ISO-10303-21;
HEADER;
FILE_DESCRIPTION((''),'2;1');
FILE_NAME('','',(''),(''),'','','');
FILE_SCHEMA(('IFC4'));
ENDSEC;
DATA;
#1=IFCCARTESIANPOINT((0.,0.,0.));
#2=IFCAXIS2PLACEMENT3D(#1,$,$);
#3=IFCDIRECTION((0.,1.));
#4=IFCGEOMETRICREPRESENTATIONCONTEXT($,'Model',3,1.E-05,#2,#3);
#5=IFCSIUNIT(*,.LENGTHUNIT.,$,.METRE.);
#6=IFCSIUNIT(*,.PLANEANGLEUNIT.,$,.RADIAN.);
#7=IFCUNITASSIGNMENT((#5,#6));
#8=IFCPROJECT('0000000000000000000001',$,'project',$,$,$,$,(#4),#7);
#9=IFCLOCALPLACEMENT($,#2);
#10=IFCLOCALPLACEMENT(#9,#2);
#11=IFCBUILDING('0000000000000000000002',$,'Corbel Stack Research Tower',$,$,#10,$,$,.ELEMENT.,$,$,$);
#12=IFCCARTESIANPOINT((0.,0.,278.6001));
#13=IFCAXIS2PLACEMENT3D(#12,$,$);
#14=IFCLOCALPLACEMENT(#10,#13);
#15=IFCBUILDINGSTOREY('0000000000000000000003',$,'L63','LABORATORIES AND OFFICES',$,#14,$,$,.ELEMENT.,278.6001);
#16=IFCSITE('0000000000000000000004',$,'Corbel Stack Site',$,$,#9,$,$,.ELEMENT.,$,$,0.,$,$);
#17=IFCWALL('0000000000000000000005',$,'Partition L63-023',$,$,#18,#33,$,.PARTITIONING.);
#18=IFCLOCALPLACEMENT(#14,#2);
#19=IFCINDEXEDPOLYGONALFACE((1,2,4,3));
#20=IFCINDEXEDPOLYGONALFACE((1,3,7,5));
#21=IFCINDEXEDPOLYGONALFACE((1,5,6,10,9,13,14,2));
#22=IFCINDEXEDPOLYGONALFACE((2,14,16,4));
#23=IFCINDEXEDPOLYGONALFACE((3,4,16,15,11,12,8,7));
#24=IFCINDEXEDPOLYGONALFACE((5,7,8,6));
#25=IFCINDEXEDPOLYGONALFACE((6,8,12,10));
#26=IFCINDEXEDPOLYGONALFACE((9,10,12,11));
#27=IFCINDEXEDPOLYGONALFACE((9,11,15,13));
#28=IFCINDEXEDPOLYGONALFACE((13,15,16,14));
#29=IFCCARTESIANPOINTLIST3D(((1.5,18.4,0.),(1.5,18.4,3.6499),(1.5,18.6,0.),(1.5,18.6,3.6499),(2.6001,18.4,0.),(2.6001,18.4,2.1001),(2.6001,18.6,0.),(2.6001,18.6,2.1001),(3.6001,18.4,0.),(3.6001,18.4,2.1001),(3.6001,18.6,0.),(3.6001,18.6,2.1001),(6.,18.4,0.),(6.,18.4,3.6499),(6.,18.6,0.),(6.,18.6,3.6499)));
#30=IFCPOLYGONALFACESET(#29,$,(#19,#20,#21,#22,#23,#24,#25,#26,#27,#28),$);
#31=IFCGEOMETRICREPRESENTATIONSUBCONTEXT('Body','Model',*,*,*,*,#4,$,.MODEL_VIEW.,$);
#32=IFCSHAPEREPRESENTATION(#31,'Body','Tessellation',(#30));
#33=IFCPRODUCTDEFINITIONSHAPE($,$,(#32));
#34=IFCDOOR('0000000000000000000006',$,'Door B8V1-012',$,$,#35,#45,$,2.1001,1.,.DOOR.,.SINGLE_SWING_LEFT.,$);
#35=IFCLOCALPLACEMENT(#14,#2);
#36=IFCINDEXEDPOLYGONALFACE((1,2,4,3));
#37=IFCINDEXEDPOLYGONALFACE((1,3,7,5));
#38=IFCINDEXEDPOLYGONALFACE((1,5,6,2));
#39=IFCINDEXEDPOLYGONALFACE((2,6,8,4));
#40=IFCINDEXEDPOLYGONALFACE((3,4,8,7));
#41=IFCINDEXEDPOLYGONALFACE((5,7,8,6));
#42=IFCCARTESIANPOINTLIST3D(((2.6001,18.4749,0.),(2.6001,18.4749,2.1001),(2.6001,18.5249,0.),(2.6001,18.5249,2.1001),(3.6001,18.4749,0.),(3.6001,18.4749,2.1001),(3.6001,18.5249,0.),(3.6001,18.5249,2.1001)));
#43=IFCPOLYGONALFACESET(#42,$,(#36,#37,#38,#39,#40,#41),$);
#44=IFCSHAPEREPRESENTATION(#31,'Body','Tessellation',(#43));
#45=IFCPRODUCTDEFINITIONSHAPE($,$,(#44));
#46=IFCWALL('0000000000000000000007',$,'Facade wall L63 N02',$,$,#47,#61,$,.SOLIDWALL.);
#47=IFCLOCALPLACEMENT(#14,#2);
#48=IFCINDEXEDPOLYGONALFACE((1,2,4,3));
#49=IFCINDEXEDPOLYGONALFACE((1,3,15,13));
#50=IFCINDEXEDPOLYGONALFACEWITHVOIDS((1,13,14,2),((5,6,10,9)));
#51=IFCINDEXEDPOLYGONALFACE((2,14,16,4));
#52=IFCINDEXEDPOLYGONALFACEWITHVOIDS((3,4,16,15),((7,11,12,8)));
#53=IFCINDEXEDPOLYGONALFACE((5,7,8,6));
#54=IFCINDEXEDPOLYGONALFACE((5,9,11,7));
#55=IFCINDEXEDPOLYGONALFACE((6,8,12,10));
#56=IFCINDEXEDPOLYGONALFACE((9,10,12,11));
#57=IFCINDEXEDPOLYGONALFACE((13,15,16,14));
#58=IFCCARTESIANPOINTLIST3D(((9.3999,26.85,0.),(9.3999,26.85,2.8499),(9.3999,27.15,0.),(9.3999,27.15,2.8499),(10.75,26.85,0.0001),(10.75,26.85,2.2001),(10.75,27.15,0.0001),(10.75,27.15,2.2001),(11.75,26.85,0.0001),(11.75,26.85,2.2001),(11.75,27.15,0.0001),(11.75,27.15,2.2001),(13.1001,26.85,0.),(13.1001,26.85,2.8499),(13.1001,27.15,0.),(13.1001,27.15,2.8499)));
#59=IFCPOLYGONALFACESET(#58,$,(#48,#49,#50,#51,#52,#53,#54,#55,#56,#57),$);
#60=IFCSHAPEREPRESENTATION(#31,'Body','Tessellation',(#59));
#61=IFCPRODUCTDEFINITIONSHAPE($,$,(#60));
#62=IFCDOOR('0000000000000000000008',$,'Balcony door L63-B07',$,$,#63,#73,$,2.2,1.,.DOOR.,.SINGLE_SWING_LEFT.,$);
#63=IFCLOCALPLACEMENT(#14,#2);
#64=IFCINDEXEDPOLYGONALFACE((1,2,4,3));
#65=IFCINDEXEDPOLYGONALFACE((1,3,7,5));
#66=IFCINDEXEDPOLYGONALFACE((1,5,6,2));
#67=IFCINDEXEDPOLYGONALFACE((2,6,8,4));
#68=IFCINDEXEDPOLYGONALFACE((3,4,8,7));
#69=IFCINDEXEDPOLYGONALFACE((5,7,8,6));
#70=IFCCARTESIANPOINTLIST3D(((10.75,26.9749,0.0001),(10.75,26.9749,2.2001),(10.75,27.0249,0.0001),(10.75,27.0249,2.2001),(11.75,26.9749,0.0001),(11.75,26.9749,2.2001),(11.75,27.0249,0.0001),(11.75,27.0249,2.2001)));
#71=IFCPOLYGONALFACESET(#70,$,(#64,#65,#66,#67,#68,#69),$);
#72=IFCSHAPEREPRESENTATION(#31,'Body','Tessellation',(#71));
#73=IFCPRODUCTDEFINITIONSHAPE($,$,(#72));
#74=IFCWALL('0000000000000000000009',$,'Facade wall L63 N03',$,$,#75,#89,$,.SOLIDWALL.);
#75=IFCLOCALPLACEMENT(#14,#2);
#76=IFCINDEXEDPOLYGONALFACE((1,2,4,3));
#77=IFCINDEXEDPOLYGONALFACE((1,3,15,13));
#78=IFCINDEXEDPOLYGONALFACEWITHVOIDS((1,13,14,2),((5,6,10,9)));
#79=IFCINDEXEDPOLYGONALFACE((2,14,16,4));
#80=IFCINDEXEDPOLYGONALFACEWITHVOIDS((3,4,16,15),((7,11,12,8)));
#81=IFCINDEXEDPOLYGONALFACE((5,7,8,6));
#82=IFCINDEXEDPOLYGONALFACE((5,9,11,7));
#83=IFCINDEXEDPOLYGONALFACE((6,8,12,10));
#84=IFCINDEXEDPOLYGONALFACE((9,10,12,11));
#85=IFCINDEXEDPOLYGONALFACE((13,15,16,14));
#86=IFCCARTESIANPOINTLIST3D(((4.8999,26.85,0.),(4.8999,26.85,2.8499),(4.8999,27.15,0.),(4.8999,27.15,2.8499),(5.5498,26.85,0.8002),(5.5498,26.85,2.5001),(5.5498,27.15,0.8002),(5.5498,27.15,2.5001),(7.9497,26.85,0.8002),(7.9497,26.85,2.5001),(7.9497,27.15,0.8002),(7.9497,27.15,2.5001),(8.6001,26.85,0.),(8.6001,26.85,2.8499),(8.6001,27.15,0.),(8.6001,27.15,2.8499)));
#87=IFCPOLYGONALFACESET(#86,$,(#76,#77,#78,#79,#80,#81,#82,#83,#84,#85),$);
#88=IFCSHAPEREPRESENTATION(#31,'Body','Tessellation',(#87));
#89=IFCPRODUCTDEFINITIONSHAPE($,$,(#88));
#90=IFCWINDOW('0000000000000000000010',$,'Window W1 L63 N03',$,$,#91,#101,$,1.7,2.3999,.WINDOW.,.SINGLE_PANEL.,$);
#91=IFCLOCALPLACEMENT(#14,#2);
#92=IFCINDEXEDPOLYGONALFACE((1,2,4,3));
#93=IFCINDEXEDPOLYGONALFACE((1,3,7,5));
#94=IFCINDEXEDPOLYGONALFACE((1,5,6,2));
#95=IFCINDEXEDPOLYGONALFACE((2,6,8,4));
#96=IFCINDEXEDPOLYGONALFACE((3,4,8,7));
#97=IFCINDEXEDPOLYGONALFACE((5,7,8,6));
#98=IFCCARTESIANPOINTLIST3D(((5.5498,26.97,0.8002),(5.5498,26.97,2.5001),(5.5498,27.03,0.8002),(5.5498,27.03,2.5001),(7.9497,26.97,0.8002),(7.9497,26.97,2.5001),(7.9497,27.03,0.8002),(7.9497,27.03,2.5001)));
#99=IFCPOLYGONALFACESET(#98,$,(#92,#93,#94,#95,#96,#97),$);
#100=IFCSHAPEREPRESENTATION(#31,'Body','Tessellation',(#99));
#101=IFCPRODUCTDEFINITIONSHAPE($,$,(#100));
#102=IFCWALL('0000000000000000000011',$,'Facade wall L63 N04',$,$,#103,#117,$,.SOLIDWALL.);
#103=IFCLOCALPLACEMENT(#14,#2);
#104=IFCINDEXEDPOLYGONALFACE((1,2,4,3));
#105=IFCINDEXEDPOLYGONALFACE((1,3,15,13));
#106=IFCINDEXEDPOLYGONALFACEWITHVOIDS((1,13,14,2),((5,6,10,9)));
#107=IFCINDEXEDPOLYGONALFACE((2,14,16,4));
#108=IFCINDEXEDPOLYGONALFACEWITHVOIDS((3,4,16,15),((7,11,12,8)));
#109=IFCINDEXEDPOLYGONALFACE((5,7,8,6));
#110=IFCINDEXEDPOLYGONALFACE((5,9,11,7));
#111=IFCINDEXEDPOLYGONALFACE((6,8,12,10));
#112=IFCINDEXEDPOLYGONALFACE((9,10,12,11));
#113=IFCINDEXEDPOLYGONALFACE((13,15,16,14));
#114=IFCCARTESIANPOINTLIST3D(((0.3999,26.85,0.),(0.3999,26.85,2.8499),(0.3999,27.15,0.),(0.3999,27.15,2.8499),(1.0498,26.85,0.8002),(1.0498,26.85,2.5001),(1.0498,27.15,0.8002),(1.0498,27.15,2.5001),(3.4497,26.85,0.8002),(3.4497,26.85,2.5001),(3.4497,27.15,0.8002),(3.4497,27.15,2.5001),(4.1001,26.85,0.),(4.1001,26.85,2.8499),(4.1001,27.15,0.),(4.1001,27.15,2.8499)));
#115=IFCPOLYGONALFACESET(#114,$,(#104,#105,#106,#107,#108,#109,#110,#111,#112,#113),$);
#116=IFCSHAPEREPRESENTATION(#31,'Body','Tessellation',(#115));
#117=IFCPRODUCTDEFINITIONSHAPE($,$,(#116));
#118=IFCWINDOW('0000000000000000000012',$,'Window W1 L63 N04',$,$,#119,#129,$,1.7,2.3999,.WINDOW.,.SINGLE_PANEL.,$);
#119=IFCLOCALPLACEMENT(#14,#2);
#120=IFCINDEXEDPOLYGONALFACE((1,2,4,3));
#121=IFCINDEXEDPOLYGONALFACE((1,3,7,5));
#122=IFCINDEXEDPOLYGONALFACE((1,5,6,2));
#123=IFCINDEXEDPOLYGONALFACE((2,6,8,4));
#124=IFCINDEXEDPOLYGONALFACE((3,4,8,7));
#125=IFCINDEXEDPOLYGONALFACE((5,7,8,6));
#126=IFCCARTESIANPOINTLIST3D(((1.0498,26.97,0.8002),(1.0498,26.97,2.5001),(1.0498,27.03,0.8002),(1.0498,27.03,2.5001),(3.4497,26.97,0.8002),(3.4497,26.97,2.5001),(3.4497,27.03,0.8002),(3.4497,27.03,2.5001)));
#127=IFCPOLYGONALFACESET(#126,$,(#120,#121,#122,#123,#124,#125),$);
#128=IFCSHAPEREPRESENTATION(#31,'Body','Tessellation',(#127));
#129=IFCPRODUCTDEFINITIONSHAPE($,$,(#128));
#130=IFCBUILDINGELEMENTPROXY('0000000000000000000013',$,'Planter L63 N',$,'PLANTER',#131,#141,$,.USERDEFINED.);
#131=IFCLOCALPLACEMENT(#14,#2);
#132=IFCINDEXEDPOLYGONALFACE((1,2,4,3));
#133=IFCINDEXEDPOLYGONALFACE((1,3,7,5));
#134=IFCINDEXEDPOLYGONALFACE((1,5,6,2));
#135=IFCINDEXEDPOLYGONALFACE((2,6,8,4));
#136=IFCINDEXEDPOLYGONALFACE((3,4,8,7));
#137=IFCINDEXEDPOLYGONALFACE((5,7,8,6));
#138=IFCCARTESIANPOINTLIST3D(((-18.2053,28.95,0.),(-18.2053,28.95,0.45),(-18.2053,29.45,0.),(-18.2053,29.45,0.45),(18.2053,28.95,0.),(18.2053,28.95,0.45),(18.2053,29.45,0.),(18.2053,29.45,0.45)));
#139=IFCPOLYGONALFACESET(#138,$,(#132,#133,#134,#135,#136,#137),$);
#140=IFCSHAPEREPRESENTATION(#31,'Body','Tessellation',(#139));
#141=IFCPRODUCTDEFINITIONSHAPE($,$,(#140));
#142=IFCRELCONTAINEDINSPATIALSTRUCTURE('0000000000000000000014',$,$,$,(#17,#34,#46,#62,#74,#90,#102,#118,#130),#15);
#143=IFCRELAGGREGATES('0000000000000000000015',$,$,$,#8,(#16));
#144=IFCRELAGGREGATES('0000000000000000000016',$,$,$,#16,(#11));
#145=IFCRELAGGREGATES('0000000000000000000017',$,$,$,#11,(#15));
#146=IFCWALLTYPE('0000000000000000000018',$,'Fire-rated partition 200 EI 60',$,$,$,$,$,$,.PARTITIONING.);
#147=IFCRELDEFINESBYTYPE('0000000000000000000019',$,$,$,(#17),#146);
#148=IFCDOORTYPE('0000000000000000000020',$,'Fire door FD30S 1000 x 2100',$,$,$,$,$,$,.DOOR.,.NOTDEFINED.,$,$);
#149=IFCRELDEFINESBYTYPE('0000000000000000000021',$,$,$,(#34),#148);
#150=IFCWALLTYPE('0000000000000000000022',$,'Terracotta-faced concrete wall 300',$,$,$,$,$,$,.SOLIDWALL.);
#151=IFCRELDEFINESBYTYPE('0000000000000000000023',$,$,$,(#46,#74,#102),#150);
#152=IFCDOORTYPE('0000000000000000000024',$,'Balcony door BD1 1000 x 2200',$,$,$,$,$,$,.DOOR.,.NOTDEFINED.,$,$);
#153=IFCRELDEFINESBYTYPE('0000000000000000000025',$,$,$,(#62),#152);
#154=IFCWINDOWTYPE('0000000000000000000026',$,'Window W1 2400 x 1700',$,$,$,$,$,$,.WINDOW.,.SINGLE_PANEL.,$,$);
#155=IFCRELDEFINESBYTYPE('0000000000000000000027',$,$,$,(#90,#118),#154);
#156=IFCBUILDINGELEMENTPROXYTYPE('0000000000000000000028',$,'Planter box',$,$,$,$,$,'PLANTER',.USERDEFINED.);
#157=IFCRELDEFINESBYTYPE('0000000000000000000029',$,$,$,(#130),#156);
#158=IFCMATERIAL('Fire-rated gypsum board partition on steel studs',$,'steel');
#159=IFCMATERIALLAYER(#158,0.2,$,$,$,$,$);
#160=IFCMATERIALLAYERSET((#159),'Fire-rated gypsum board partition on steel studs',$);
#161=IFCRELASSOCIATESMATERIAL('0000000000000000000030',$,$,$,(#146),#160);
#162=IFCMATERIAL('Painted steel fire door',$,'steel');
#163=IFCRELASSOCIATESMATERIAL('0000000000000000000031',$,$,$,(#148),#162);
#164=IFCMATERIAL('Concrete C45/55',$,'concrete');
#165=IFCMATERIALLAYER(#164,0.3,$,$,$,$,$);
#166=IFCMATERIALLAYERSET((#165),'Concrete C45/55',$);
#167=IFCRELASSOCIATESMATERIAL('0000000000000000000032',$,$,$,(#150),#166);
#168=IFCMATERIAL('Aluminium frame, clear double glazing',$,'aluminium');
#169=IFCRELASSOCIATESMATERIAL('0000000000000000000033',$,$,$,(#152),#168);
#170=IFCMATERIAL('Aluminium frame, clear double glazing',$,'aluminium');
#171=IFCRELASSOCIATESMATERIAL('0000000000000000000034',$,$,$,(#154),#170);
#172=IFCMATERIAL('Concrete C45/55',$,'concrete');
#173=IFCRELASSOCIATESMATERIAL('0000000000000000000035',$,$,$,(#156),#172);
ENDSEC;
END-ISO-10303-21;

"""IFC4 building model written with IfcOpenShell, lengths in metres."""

from ifc_helpers import new_model, si_unit, direction, frame, frame_2d, origin, origin_2d, place, context, subcontext, project, spatial, rectangle, extrude, material, layer, layer_set, type_object, element, fill, save


model = new_model("IFC4")

# Units and contexts
model_context = context("Model", 3, precision=1e-05, world=origin(), true_north=direction((0.0, 1.0)))
body_context = subcontext(model_context, "Body", "Model", "MODEL_VIEW")
ifc_project = project(units=[si_unit("LENGTHUNIT", "METRE"), si_unit("PLANEANGLEUNIT", "RADIAN")], contexts=[model_context])

# Site, building, storey
site_placement = place(None, origin())
site = spatial("IfcSite", under=ifc_project, at=site_placement, Name="Corbel Stack Site", CompositionType="ELEMENT", RefElevation=0.0)
building_placement = place(site_placement, origin())
building = spatial("IfcBuilding", under=site, at=building_placement, Name="Corbel Stack Research Tower", CompositionType="ELEMENT")
storey_placement = place(building_placement, frame((0.0, 0.0, 278.6001)))
storey = spatial("IfcBuildingStorey", under=building, at=storey_placement, Name="L63", Description="LABORATORIES AND OFFICES", CompositionType="ELEMENT", Elevation=278.6001)

# Shared definitions
ifc_material_1 = material(Name="Fire-rated gypsum board partition on steel studs", Category="steel")
ifc_layer_1 = layer(ifc_material_1, 0.2)
ifc_layer_set_1 = layer_set([ifc_layer_1], Name="Fire-rated gypsum board partition on steel studs")
wall_type_1 = type_object("IfcWallType", Name="Fire-rated partition 200 EI 60", PredefinedType="PARTITIONING", material=ifc_layer_set_1)
ifc_material_2 = material(Name="Painted steel fire door", Category="steel")
door_type_1 = type_object("IfcDoorType", Name="Fire door FD30S 1000 x 2100", OperationType="NOTDEFINED", PredefinedType="DOOR", material=ifc_material_2)

# Walls, openings, doors
wall_1_placement = place(storey_placement, frame((1.5, 18.5, 0.0), z_axis=(0.0, 0.0, 1.0), x_axis=(1.0, 0.0, 0.0)))
wall_1 = element("IfcWall", 1, at=wall_1_placement, inside=storey, type_object=wall_type_1, Name="Partition L63-023", PredefinedType="PARTITIONING", context=body_context, shape_type="SweptSolid", body=[
    extrude(rectangle(XDim=4.5, YDim=0.2, at=frame_2d((2.25, 0.0))), origin(), (0.0, 0.0, 1.0), 3.6499),
])
opening_1_placement = place(wall_1_placement, frame((1.1001, 0.0, 0.0)))
opening_1 = element("IfcOpeningElement", 2, at=opening_1_placement, cuts=wall_1, PredefinedType="OPENING", context=body_context, shape_type="SweptSolid", body=[
    extrude(rectangle(XDim=1.0, YDim=2.1001, at=frame_2d((0.5, 1.05))), frame((0.0, 0.1099, 0.0), z_axis=(0.0, -1.0, 0.0), x_axis=(1.0, 0.0, 0.0)), (0.0, 0.0, 1.0), 0.22),
])
door_1_placement = place(opening_1_placement, origin())
door_1 = element("IfcDoor", 3, at=door_1_placement, inside=storey, type_object=door_type_1, Name="Door B8V1-012", OperationType="SINGLE_SWING_LEFT", OverallHeight=2.1001, OverallWidth=1.0, PredefinedType="DOOR", context=body_context, shape_type="SweptSolid", body=[
    extrude(rectangle(XDim=1.0, YDim=2.1001, at=frame_2d((0.5, 1.05))), frame((0.0, 0.0249, 0.0), z_axis=(0.0, -1.0, 0.0), x_axis=(1.0, 0.0, 0.0)), (0.0, 0.0, 1.0), 0.05),
])
fill(opening_1, door_1)
ifc_material_3 = material(Name="Concrete C45/55", Category="concrete")
ifc_layer_2 = layer(ifc_material_3, 0.3)
ifc_layer_set_2 = layer_set([ifc_layer_2], Name="Concrete C45/55")
wall_type_2 = type_object("IfcWallType", Name="Terracotta-faced concrete wall 300", PredefinedType="SOLIDWALL", material=ifc_layer_set_2)
wall_2_placement = place(storey_placement, frame((9.3999, 27.0, 0.0), z_axis=(0.0, 0.0, 1.0), x_axis=(1.0, 0.0, 0.0)))
wall_2 = element("IfcWall", 4, at=wall_2_placement, inside=storey, type_object=wall_type_2, Name="Facade wall L63 N02", PredefinedType="SOLIDWALL", context=body_context, shape_type="SweptSolid", body=[
    extrude(rectangle(XDim=3.7002, YDim=0.3, at=frame_2d((1.8501, 0.0))), origin(), (0.0, 0.0, 1.0), 2.8499),
])
opening_2_placement = place(wall_2_placement, frame((1.3501, 0.0, 0.0)))
opening_2 = element("IfcOpeningElement", 5, at=opening_2_placement, cuts=wall_2, PredefinedType="OPENING", context=body_context, shape_type="SweptSolid", body=[
    extrude(rectangle(XDim=1.0, YDim=2.2, at=frame_2d((0.5, 1.1001))), frame((0.0, 0.1599, 0.0), z_axis=(0.0, -1.0, 0.0), x_axis=(1.0, 0.0, 0.0)), (0.0, 0.0, 1.0), 0.3201),
])
ifc_material_4 = material(Name="Aluminium frame, clear double glazing", Category="aluminium")
door_type_2 = type_object("IfcDoorType", Name="Balcony door BD1 1000 x 2200", OperationType="NOTDEFINED", PredefinedType="DOOR", material=ifc_material_4)
door_2_placement = place(opening_2_placement, origin())
door_2 = element("IfcDoor", 6, at=door_2_placement, inside=storey, type_object=door_type_2, Name="Balcony door L63-B07", OperationType="SINGLE_SWING_LEFT", OverallHeight=2.2, OverallWidth=1.0, PredefinedType="DOOR", context=body_context, shape_type="SweptSolid", body=[
    extrude(rectangle(XDim=1.0, YDim=2.2, at=frame_2d((0.5, 1.1001))), frame((0.0, 0.0249, 0.0), z_axis=(0.0, -1.0, 0.0), x_axis=(1.0, 0.0, 0.0)), (0.0, 0.0, 1.0), 0.05),
])
fill(opening_2, door_2)

# Walls, openings, windows
wall_3_placement = place(storey_placement, frame((4.8999, 27.0, 0.0), z_axis=(0.0, 0.0, 1.0), x_axis=(1.0, 0.0, 0.0)))
wall_3 = element("IfcWall", 7, at=wall_3_placement, inside=storey, type_object=wall_type_2, Name="Facade wall L63 N03", PredefinedType="SOLIDWALL", context=body_context, shape_type="SweptSolid", body=[
    extrude(rectangle(XDim=3.7002, YDim=0.3, at=frame_2d((1.8501, 0.0))), origin(), (0.0, 0.0, 1.0), 2.8499),
])
opening_3_placement = place(wall_3_placement, frame((0.6499, 0.0, 0.8)))
opening_3 = element("IfcOpeningElement", 8, at=opening_3_placement, cuts=wall_3, PredefinedType="OPENING", context=body_context, shape_type="SweptSolid", body=[
    extrude(rectangle(XDim=2.3999, YDim=1.7, at=frame_2d((1.2, 0.8501))), frame((0.0, 0.1599, 0.0), z_axis=(0.0, -1.0, 0.0), x_axis=(1.0, 0.0, 0.0)), (0.0, 0.0, 1.0), 0.3201),
])
ifc_material_5 = material(Name="Aluminium frame, clear double glazing", Category="aluminium")
window_type = type_object("IfcWindowType", Name="Window W1 2400 x 1700", PartitioningType="SINGLE_PANEL", PredefinedType="WINDOW", material=ifc_material_5)
window_1_placement = place(opening_3_placement, origin())
window_1 = element("IfcWindow", 9, at=window_1_placement, inside=storey, type_object=window_type, Name="Window W1 L63 N03", OverallHeight=1.7, OverallWidth=2.3999, PartitioningType="SINGLE_PANEL", PredefinedType="WINDOW", context=body_context, shape_type="SweptSolid", body=[
    extrude(rectangle(XDim=2.3999, YDim=1.7, at=frame_2d((1.2, 0.8501))), frame((0.0, 0.03, 0.0), z_axis=(0.0, -1.0, 0.0), x_axis=(1.0, 0.0, 0.0)), (0.0, 0.0, 1.0), 0.0601),
])
fill(opening_3, window_1)
wall_4_placement = place(storey_placement, frame((0.3999, 27.0, 0.0), z_axis=(0.0, 0.0, 1.0), x_axis=(1.0, 0.0, 0.0)))
wall_4 = element("IfcWall", 10, at=wall_4_placement, inside=storey, type_object=wall_type_2, Name="Facade wall L63 N04", PredefinedType="SOLIDWALL", context=body_context, shape_type="SweptSolid", body=[
    extrude(rectangle(XDim=3.7002, YDim=0.3, at=frame_2d((1.8501, 0.0))), origin(), (0.0, 0.0, 1.0), 2.8499),
])
opening_4_placement = place(wall_4_placement, frame((0.6499, 0.0, 0.8)))
opening_4 = element("IfcOpeningElement", 11, at=opening_4_placement, cuts=wall_4, PredefinedType="OPENING", context=body_context, shape_type="SweptSolid", body=[
    extrude(rectangle(XDim=2.3999, YDim=1.7, at=frame_2d((1.2, 0.8501))), frame((0.0, 0.1599, 0.0), z_axis=(0.0, -1.0, 0.0), x_axis=(1.0, 0.0, 0.0)), (0.0, 0.0, 1.0), 0.3201),
])
window_2_placement = place(opening_4_placement, origin())
window_2 = element("IfcWindow", 12, at=window_2_placement, inside=storey, type_object=window_type, Name="Window W1 L63 N04", OverallHeight=1.7, OverallWidth=2.3999, PartitioningType="SINGLE_PANEL", PredefinedType="WINDOW", context=body_context, shape_type="SweptSolid", body=[
    extrude(rectangle(XDim=2.3999, YDim=1.7, at=frame_2d((1.2, 0.8501))), frame((0.0, 0.03, 0.0), z_axis=(0.0, -1.0, 0.0), x_axis=(1.0, 0.0, 0.0)), (0.0, 0.0, 1.0), 0.0601),
])
fill(opening_4, window_2)

# Building element proxy
ifc_material_6 = material(Name="Concrete C45/55", Category="concrete")
building_element_proxy_type = type_object("IfcBuildingElementProxyType", Name="Planter box", ElementType="PLANTER", PredefinedType="USERDEFINED", material=ifc_material_6)
proxy_placement = place(storey_placement, frame((0.0, 29.2, 0.0), z_axis=(0.0, 0.0, 1.0), x_axis=(-1.0, 0.0, 0.0)))
element("IfcBuildingElementProxy", 13, at=proxy_placement, inside=storey, type_object=building_element_proxy_type, Name="Planter L63 N", ObjectType="PLANTER", PredefinedType="USERDEFINED", context=body_context, shape_type="SweptSolid", body=[
    extrude(rectangle(XDim=36.4106, YDim=0.5, at=origin_2d()), origin(), (0.0, 0.0, 1.0), 0.45),
])

save(model, "model.ifc")
